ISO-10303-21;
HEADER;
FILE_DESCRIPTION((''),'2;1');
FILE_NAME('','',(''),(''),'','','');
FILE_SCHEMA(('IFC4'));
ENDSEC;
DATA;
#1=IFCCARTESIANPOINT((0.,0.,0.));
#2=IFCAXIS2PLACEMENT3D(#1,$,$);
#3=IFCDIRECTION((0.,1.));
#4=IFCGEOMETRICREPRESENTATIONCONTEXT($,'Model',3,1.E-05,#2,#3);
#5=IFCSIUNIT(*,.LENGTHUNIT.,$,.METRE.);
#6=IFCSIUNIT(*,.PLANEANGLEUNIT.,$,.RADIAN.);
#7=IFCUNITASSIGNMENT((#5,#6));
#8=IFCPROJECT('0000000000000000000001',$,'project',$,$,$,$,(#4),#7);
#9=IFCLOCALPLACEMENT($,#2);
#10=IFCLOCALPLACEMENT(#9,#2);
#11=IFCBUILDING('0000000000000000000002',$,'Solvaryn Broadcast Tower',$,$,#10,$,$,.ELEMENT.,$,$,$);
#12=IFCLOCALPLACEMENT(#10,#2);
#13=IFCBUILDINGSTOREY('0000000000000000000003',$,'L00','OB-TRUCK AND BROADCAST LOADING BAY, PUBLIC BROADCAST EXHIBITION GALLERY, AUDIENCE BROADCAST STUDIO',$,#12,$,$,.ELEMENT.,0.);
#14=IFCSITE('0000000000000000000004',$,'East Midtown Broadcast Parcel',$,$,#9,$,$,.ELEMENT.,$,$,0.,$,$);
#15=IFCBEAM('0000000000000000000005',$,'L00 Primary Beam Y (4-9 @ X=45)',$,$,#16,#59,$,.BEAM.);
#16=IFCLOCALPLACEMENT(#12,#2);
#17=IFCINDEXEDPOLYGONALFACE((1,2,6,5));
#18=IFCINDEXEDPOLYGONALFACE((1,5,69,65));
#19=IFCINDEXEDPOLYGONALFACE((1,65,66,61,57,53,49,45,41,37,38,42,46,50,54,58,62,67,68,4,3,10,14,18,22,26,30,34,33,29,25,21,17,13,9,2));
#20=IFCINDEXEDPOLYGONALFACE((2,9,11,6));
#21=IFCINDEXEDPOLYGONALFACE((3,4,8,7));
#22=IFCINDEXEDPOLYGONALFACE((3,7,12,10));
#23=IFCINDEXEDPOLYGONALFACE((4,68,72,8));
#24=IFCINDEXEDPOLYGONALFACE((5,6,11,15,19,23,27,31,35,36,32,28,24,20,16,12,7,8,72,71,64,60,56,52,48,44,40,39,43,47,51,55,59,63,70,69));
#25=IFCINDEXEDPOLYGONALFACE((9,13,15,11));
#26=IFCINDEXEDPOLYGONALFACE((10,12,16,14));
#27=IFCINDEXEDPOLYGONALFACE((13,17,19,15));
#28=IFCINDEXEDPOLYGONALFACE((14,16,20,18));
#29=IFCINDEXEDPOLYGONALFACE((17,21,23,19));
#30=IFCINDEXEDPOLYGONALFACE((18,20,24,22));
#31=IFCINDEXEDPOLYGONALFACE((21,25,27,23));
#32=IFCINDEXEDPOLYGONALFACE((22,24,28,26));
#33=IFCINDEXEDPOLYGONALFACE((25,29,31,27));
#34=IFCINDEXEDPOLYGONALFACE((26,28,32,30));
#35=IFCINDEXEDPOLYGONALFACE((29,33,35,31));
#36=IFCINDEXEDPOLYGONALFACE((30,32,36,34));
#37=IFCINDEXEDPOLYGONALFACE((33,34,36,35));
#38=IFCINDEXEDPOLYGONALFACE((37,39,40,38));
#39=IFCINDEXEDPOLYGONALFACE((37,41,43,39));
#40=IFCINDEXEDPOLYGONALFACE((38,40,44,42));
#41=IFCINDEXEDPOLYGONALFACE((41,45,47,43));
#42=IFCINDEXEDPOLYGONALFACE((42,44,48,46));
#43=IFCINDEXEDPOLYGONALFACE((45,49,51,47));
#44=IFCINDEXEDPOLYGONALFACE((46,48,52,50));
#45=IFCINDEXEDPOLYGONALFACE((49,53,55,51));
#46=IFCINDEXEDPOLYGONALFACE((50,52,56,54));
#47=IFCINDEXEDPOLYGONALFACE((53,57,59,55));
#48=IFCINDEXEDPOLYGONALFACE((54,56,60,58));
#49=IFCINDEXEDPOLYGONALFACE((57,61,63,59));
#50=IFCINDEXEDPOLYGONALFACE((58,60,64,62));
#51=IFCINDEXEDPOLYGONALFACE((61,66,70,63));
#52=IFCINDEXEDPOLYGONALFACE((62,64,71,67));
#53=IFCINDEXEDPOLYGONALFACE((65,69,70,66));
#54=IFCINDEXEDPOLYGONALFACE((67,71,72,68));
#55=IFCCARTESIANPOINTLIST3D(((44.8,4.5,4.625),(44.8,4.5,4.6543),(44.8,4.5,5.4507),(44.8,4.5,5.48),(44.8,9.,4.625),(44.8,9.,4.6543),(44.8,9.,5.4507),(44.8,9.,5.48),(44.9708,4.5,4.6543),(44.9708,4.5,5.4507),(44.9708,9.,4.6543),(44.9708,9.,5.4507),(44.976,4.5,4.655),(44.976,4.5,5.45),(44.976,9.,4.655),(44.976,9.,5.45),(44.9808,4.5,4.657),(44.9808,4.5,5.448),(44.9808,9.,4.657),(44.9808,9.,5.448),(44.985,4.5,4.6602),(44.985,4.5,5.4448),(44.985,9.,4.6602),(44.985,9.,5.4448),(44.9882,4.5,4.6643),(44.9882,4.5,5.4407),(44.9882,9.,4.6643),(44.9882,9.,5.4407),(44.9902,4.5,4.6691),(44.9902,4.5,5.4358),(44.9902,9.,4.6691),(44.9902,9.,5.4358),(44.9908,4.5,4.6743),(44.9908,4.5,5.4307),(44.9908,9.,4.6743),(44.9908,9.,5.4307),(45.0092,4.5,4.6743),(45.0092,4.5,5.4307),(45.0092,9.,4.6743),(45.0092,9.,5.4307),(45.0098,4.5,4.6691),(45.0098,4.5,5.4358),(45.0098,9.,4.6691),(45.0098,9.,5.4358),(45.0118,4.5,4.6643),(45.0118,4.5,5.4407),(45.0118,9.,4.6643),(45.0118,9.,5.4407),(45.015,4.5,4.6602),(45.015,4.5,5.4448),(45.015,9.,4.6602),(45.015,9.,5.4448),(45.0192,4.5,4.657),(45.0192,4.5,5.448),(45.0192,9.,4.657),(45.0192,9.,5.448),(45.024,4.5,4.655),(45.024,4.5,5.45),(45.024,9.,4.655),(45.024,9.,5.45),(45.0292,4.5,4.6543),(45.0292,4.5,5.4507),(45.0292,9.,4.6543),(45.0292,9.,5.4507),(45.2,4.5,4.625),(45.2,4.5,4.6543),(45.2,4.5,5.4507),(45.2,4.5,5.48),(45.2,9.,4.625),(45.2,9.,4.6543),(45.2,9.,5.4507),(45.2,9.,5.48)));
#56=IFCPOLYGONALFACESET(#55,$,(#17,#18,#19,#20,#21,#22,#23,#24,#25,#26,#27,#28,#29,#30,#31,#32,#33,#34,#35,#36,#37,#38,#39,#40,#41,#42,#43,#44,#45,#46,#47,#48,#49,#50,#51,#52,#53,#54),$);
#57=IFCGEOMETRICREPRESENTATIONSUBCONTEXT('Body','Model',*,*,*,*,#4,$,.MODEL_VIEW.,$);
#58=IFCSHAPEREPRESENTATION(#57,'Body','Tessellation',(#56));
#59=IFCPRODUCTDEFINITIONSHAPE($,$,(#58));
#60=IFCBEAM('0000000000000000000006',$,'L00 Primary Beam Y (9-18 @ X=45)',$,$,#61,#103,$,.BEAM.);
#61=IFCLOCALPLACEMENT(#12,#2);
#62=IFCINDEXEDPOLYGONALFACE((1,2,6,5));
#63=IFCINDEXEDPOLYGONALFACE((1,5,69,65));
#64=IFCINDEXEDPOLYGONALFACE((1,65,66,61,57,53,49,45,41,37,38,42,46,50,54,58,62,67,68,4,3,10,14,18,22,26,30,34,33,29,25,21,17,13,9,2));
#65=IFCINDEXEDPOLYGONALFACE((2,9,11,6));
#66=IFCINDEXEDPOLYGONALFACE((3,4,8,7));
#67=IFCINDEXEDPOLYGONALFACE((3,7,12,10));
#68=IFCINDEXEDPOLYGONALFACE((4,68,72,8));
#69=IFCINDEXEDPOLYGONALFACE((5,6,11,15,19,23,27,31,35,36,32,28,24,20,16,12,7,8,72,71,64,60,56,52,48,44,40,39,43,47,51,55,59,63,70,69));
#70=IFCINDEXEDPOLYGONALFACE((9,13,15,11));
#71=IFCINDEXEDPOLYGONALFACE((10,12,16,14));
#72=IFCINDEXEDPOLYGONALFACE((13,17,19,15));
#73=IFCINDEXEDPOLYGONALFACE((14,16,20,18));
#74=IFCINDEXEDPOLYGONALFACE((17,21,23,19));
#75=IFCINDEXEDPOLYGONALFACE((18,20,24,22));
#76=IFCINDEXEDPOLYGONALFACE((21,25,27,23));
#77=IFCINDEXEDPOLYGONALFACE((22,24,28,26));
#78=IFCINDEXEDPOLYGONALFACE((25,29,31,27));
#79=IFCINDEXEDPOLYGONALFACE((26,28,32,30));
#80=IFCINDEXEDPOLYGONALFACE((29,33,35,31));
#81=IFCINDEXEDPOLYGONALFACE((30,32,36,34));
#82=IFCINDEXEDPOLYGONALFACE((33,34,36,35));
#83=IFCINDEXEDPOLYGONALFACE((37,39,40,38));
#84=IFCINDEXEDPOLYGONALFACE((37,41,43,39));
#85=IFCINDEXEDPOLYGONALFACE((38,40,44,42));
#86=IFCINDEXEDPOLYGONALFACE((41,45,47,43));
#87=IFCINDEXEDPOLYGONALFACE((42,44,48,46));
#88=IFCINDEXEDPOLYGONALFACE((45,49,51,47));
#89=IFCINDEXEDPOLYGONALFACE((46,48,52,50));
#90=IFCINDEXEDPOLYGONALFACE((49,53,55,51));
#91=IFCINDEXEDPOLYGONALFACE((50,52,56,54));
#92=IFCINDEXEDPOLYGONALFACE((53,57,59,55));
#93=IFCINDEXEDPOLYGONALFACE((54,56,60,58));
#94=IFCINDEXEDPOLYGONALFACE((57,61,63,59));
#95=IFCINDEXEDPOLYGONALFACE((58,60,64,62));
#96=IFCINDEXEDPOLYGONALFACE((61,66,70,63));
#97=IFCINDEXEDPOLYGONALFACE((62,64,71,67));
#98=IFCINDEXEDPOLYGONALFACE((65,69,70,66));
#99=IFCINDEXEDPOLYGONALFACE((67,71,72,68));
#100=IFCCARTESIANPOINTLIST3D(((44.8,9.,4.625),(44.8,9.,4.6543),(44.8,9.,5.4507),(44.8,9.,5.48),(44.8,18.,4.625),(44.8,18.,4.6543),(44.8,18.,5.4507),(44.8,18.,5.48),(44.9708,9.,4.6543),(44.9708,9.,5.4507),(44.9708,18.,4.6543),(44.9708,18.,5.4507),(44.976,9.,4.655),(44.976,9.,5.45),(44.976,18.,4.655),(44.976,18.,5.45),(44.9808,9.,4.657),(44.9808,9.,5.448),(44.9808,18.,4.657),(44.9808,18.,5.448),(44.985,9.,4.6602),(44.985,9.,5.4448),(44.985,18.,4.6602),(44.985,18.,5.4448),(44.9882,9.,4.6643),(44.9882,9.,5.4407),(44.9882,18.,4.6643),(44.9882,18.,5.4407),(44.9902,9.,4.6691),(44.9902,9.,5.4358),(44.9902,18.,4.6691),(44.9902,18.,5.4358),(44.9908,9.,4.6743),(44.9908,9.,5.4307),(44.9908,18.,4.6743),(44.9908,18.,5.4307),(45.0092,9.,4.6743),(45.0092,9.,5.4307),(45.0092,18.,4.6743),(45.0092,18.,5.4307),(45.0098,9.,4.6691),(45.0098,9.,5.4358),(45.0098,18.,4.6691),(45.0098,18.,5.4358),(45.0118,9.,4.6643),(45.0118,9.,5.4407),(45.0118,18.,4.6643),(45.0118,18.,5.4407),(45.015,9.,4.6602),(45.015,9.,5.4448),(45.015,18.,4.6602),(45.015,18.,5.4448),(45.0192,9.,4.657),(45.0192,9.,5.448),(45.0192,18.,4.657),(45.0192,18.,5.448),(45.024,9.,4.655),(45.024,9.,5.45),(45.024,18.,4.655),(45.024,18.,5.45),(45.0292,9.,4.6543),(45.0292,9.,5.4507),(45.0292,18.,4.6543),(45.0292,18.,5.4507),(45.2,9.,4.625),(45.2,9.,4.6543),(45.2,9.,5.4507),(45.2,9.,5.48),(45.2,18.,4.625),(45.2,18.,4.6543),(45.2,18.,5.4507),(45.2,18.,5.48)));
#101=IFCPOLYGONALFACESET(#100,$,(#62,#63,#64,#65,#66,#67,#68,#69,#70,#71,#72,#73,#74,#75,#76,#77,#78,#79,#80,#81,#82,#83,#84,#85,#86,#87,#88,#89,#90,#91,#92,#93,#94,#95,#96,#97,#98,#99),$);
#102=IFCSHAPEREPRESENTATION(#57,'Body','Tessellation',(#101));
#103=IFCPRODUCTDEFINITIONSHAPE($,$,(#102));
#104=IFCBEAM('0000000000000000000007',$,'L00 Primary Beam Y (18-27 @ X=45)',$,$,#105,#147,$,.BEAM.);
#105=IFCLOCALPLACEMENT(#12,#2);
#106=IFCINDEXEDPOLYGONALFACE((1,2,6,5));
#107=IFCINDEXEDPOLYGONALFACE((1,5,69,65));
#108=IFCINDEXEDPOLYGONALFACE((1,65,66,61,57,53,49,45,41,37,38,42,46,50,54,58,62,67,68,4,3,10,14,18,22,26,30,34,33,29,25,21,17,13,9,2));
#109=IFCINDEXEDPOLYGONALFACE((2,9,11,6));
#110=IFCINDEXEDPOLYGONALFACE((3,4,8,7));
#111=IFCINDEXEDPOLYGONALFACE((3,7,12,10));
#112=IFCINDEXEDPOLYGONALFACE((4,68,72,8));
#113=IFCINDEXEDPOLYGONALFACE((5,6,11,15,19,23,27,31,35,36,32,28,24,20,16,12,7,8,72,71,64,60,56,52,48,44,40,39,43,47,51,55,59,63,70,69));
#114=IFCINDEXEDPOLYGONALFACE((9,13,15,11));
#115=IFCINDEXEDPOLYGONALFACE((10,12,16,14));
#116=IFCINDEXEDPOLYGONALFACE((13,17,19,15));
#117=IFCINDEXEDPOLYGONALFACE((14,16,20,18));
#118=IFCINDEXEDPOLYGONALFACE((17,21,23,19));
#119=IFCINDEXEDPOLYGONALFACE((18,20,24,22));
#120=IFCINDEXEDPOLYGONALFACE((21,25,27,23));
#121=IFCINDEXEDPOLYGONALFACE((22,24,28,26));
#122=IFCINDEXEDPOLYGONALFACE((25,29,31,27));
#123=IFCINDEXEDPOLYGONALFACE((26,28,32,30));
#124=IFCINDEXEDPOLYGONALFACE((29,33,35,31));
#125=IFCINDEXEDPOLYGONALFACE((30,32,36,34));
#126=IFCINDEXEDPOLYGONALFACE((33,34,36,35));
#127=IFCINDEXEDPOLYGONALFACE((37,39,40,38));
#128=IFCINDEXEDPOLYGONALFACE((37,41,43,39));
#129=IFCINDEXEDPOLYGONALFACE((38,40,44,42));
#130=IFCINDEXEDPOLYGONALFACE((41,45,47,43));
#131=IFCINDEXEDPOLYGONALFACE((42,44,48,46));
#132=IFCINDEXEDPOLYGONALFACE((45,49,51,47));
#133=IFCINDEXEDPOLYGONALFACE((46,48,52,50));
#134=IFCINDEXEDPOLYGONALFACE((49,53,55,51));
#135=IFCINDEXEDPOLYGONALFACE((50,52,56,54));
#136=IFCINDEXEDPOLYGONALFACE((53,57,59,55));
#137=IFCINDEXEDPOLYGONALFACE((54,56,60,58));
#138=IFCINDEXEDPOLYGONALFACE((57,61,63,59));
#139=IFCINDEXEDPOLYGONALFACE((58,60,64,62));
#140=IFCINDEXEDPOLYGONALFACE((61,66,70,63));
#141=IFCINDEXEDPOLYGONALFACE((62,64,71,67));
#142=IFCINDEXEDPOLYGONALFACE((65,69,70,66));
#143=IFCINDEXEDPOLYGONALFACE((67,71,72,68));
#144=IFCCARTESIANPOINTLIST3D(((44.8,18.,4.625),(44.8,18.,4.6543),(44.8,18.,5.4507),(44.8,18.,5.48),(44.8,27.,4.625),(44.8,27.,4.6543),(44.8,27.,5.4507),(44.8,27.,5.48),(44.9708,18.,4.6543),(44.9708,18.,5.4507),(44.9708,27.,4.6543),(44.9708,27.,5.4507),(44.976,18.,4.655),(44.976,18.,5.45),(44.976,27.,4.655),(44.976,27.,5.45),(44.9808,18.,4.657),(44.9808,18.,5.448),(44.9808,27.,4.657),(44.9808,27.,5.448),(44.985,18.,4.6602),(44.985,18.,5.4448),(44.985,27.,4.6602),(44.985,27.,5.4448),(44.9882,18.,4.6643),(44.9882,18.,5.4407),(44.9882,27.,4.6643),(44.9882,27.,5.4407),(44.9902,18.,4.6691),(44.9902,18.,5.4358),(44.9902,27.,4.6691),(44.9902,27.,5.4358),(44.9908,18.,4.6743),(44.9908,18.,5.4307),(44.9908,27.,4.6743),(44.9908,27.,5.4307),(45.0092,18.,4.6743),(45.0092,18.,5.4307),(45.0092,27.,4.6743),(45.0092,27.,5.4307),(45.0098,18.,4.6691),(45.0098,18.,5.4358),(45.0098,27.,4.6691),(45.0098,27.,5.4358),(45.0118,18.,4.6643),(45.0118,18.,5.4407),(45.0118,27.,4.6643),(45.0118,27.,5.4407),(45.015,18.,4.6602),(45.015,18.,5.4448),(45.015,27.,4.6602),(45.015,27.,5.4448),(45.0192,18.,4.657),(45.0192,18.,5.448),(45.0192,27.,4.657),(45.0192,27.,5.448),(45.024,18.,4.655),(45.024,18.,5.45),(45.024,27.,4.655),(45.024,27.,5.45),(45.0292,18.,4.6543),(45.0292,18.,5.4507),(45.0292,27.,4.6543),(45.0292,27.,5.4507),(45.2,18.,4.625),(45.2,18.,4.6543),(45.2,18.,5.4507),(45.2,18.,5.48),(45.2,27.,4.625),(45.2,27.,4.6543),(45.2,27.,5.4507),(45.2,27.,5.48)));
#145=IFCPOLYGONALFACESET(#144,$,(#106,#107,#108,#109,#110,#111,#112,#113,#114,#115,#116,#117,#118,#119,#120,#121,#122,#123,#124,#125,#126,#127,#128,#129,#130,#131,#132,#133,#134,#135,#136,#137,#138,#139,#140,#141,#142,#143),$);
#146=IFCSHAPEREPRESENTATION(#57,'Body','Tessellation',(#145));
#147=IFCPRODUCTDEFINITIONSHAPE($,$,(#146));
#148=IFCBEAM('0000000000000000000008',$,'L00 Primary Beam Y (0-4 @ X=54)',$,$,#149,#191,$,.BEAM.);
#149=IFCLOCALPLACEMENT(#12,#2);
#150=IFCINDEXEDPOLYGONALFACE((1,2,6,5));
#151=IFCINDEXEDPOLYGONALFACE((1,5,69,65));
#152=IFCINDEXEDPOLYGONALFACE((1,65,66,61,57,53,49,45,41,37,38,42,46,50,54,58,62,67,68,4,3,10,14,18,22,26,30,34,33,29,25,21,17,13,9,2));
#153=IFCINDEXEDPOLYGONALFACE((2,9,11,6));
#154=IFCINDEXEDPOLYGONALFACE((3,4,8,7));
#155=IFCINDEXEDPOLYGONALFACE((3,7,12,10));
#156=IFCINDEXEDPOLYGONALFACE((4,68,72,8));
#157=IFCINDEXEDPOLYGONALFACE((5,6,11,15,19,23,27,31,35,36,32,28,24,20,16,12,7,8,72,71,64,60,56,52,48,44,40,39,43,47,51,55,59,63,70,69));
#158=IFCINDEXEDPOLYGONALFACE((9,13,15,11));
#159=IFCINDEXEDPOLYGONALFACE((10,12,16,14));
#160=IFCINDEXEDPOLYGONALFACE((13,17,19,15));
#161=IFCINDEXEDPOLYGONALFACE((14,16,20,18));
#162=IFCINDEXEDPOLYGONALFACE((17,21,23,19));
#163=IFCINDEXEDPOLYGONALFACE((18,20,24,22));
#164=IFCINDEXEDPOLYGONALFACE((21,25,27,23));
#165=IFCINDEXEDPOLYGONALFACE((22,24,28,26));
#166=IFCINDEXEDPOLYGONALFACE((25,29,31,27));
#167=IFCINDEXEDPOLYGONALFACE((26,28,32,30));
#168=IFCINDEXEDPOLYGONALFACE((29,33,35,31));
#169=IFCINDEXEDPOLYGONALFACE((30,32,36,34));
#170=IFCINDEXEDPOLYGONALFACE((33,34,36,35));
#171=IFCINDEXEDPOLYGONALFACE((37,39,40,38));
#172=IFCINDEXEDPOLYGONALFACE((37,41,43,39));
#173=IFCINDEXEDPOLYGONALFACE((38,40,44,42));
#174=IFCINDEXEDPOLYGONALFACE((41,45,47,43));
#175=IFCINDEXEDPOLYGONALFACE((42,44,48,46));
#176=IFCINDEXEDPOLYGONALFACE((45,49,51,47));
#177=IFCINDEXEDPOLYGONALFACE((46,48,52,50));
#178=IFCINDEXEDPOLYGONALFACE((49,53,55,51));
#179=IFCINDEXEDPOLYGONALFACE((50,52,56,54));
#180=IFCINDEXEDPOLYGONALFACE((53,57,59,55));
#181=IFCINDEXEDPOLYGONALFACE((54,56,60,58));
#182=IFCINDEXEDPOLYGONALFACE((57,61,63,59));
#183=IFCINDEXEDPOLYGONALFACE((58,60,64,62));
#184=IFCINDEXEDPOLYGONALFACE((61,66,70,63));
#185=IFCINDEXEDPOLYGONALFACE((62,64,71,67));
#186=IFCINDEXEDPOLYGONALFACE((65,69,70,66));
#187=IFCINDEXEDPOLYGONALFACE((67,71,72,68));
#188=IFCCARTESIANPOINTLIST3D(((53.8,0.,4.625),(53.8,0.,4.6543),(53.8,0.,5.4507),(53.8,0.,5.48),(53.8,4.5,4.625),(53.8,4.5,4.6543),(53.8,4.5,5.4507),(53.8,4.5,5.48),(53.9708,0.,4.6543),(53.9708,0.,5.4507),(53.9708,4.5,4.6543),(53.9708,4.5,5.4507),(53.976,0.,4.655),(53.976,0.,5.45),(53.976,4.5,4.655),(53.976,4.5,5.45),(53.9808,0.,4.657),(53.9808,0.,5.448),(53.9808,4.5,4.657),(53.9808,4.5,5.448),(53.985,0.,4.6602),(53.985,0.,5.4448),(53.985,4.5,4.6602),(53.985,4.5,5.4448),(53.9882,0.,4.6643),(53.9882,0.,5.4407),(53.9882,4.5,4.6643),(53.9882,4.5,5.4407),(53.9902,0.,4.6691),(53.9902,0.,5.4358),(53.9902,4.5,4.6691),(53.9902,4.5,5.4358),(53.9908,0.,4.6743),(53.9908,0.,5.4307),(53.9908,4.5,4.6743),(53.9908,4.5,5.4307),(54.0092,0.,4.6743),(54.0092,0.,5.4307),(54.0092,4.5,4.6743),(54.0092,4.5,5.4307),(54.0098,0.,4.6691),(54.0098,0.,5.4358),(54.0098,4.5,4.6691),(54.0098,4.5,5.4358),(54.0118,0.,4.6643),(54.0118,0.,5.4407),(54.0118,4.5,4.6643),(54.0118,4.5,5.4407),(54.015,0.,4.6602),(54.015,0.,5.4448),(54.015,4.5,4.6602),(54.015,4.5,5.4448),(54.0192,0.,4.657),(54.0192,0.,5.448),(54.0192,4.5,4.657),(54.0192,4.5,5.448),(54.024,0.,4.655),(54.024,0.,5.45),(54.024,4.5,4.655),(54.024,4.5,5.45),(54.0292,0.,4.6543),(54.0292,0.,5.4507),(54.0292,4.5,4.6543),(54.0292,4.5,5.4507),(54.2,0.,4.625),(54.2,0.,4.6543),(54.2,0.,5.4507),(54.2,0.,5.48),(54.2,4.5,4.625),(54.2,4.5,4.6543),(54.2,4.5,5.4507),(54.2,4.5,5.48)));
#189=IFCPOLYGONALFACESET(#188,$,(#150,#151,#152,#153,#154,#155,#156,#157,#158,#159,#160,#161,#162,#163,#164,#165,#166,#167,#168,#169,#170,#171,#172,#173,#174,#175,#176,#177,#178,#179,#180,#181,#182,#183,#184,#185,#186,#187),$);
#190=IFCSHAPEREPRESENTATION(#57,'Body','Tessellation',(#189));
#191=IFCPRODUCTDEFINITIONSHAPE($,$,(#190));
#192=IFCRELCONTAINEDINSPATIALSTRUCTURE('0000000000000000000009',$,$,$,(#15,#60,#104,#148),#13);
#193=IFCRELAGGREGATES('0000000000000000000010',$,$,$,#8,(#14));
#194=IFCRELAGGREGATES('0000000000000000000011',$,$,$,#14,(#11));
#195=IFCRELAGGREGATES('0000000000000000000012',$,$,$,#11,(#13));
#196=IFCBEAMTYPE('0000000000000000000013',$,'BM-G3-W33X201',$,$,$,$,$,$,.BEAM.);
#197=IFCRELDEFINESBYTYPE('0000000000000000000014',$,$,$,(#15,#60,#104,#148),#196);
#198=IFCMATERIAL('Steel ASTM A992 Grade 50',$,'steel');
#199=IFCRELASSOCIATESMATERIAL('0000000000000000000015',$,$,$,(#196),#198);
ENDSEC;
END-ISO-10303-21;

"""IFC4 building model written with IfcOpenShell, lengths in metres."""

from ifc_helpers import new_model, si_unit, direction, frame, origin, origin_2d, place, context, subcontext, project, spatial, i_section, extrude, material, material_profile, profile_set, type_object, element, save


model = new_model("IFC4")

# Units and contexts
model_context = context("Model", 3, precision=1e-05, world=origin(), true_north=direction((0.0, 1.0)))
body_context = subcontext(model_context, "Body", "Model", "MODEL_VIEW")
ifc_project = project(units=[si_unit("LENGTHUNIT", "METRE"), si_unit("PLANEANGLEUNIT", "RADIAN")], contexts=[model_context])

# Site, building, storey
site_placement = place(None, origin())
site = spatial("IfcSite", under=ifc_project, at=site_placement, Name="East Midtown Broadcast Parcel", CompositionType="ELEMENT", RefElevation=0.0)
building_placement = place(site_placement, origin())
building = spatial("IfcBuilding", under=site, at=building_placement, Name="Solvaryn Broadcast Tower", CompositionType="ELEMENT")
storey_placement = place(building_placement, origin())
storey = spatial("IfcBuildingStorey", under=building, at=storey_placement, Name="L00", Description="OB-TRUCK AND BROADCAST LOADING BAY, PUBLIC BROADCAST EXHIBITION GALLERY, AUDIENCE BROADCAST STUDIO", CompositionType="ELEMENT", Elevation=0.0)

# Beams
ifc_material_1 = material(Name="Steel ASTM A992 Grade 50", Category="steel")
ifc_material_profile_1 = material_profile(ifc_material_1, i_section(OverallWidth=0.3999, OverallDepth=0.855, WebThickness=0.0183, FlangeThickness=0.0293, FilletRadius=0.02, at=origin_2d()))
ifc_profile_set_1 = profile_set([ifc_material_profile_1], Name="Steel ASTM A992 Grade 50")
beam_type_1 = type_object("IfcBeamType", Name="BM-G3-W33X201", PredefinedType="BEAM", material=ifc_profile_set_1)
for number, where, z_axis, x_axis, name in (
    (1, (45.0, 4.5, 5.0525), (0.0, 1.0, 0.0), (-1.0, 0.0, 0.0), "L00 Primary Beam Y (4-9 @ X=45)"),
):
    element("IfcBeam", number, at=place(storey_placement, frame(where, z_axis=z_axis, x_axis=x_axis)), inside=storey, type_object=beam_type_1, Name=name, PredefinedType="BEAM", context=body_context, shape_type="SweptSolid", body=[
        extrude(i_section(OverallWidth=0.3999, OverallDepth=0.855, WebThickness=0.0183, FlangeThickness=0.0293, FilletRadius=0.02, at=origin_2d()), origin(), (0.0, 0.0, 1.0), 4.5),
    ])
for number, where, z_axis, x_axis, name in (
    (2, (45.0, 9.0, 5.0525), (0.0, 1.0, 0.0), (-1.0, 0.0, 0.0), "L00 Primary Beam Y (9-18 @ X=45)"),
    (3, (45.0, 18.0, 5.0525), (0.0, 1.0, 0.0), (-1.0, 0.0, 0.0), "L00 Primary Beam Y (18-27 @ X=45)"),
):
    element("IfcBeam", number, at=place(storey_placement, frame(where, z_axis=z_axis, x_axis=x_axis)), inside=storey, type_object=beam_type_1, Name=name, PredefinedType="BEAM", context=body_context, shape_type="SweptSolid", body=[
        extrude(i_section(OverallWidth=0.3999, OverallDepth=0.855, WebThickness=0.0183, FlangeThickness=0.0293, FilletRadius=0.02, at=origin_2d()), origin(), (0.0, 0.0, 1.0), 9.0),
    ])
beam_1_placement = place(storey_placement, frame((54.0, 0.0, 5.0525), z_axis=(0.0, 1.0, 0.0), x_axis=(-1.0, 0.0, 0.0)))
element("IfcBeam", 4, at=beam_1_placement, inside=storey, type_object=beam_type_1, Name="L00 Primary Beam Y (0-4 @ X=54)", PredefinedType="BEAM", context=body_context, shape_type="SweptSolid", body=[
    extrude(i_section(OverallWidth=0.3999, OverallDepth=0.855, WebThickness=0.0183, FlangeThickness=0.0293, FilletRadius=0.02, at=origin_2d()), origin(), (0.0, 0.0, 1.0), 4.5),
])

save(model, "model.ifc")
